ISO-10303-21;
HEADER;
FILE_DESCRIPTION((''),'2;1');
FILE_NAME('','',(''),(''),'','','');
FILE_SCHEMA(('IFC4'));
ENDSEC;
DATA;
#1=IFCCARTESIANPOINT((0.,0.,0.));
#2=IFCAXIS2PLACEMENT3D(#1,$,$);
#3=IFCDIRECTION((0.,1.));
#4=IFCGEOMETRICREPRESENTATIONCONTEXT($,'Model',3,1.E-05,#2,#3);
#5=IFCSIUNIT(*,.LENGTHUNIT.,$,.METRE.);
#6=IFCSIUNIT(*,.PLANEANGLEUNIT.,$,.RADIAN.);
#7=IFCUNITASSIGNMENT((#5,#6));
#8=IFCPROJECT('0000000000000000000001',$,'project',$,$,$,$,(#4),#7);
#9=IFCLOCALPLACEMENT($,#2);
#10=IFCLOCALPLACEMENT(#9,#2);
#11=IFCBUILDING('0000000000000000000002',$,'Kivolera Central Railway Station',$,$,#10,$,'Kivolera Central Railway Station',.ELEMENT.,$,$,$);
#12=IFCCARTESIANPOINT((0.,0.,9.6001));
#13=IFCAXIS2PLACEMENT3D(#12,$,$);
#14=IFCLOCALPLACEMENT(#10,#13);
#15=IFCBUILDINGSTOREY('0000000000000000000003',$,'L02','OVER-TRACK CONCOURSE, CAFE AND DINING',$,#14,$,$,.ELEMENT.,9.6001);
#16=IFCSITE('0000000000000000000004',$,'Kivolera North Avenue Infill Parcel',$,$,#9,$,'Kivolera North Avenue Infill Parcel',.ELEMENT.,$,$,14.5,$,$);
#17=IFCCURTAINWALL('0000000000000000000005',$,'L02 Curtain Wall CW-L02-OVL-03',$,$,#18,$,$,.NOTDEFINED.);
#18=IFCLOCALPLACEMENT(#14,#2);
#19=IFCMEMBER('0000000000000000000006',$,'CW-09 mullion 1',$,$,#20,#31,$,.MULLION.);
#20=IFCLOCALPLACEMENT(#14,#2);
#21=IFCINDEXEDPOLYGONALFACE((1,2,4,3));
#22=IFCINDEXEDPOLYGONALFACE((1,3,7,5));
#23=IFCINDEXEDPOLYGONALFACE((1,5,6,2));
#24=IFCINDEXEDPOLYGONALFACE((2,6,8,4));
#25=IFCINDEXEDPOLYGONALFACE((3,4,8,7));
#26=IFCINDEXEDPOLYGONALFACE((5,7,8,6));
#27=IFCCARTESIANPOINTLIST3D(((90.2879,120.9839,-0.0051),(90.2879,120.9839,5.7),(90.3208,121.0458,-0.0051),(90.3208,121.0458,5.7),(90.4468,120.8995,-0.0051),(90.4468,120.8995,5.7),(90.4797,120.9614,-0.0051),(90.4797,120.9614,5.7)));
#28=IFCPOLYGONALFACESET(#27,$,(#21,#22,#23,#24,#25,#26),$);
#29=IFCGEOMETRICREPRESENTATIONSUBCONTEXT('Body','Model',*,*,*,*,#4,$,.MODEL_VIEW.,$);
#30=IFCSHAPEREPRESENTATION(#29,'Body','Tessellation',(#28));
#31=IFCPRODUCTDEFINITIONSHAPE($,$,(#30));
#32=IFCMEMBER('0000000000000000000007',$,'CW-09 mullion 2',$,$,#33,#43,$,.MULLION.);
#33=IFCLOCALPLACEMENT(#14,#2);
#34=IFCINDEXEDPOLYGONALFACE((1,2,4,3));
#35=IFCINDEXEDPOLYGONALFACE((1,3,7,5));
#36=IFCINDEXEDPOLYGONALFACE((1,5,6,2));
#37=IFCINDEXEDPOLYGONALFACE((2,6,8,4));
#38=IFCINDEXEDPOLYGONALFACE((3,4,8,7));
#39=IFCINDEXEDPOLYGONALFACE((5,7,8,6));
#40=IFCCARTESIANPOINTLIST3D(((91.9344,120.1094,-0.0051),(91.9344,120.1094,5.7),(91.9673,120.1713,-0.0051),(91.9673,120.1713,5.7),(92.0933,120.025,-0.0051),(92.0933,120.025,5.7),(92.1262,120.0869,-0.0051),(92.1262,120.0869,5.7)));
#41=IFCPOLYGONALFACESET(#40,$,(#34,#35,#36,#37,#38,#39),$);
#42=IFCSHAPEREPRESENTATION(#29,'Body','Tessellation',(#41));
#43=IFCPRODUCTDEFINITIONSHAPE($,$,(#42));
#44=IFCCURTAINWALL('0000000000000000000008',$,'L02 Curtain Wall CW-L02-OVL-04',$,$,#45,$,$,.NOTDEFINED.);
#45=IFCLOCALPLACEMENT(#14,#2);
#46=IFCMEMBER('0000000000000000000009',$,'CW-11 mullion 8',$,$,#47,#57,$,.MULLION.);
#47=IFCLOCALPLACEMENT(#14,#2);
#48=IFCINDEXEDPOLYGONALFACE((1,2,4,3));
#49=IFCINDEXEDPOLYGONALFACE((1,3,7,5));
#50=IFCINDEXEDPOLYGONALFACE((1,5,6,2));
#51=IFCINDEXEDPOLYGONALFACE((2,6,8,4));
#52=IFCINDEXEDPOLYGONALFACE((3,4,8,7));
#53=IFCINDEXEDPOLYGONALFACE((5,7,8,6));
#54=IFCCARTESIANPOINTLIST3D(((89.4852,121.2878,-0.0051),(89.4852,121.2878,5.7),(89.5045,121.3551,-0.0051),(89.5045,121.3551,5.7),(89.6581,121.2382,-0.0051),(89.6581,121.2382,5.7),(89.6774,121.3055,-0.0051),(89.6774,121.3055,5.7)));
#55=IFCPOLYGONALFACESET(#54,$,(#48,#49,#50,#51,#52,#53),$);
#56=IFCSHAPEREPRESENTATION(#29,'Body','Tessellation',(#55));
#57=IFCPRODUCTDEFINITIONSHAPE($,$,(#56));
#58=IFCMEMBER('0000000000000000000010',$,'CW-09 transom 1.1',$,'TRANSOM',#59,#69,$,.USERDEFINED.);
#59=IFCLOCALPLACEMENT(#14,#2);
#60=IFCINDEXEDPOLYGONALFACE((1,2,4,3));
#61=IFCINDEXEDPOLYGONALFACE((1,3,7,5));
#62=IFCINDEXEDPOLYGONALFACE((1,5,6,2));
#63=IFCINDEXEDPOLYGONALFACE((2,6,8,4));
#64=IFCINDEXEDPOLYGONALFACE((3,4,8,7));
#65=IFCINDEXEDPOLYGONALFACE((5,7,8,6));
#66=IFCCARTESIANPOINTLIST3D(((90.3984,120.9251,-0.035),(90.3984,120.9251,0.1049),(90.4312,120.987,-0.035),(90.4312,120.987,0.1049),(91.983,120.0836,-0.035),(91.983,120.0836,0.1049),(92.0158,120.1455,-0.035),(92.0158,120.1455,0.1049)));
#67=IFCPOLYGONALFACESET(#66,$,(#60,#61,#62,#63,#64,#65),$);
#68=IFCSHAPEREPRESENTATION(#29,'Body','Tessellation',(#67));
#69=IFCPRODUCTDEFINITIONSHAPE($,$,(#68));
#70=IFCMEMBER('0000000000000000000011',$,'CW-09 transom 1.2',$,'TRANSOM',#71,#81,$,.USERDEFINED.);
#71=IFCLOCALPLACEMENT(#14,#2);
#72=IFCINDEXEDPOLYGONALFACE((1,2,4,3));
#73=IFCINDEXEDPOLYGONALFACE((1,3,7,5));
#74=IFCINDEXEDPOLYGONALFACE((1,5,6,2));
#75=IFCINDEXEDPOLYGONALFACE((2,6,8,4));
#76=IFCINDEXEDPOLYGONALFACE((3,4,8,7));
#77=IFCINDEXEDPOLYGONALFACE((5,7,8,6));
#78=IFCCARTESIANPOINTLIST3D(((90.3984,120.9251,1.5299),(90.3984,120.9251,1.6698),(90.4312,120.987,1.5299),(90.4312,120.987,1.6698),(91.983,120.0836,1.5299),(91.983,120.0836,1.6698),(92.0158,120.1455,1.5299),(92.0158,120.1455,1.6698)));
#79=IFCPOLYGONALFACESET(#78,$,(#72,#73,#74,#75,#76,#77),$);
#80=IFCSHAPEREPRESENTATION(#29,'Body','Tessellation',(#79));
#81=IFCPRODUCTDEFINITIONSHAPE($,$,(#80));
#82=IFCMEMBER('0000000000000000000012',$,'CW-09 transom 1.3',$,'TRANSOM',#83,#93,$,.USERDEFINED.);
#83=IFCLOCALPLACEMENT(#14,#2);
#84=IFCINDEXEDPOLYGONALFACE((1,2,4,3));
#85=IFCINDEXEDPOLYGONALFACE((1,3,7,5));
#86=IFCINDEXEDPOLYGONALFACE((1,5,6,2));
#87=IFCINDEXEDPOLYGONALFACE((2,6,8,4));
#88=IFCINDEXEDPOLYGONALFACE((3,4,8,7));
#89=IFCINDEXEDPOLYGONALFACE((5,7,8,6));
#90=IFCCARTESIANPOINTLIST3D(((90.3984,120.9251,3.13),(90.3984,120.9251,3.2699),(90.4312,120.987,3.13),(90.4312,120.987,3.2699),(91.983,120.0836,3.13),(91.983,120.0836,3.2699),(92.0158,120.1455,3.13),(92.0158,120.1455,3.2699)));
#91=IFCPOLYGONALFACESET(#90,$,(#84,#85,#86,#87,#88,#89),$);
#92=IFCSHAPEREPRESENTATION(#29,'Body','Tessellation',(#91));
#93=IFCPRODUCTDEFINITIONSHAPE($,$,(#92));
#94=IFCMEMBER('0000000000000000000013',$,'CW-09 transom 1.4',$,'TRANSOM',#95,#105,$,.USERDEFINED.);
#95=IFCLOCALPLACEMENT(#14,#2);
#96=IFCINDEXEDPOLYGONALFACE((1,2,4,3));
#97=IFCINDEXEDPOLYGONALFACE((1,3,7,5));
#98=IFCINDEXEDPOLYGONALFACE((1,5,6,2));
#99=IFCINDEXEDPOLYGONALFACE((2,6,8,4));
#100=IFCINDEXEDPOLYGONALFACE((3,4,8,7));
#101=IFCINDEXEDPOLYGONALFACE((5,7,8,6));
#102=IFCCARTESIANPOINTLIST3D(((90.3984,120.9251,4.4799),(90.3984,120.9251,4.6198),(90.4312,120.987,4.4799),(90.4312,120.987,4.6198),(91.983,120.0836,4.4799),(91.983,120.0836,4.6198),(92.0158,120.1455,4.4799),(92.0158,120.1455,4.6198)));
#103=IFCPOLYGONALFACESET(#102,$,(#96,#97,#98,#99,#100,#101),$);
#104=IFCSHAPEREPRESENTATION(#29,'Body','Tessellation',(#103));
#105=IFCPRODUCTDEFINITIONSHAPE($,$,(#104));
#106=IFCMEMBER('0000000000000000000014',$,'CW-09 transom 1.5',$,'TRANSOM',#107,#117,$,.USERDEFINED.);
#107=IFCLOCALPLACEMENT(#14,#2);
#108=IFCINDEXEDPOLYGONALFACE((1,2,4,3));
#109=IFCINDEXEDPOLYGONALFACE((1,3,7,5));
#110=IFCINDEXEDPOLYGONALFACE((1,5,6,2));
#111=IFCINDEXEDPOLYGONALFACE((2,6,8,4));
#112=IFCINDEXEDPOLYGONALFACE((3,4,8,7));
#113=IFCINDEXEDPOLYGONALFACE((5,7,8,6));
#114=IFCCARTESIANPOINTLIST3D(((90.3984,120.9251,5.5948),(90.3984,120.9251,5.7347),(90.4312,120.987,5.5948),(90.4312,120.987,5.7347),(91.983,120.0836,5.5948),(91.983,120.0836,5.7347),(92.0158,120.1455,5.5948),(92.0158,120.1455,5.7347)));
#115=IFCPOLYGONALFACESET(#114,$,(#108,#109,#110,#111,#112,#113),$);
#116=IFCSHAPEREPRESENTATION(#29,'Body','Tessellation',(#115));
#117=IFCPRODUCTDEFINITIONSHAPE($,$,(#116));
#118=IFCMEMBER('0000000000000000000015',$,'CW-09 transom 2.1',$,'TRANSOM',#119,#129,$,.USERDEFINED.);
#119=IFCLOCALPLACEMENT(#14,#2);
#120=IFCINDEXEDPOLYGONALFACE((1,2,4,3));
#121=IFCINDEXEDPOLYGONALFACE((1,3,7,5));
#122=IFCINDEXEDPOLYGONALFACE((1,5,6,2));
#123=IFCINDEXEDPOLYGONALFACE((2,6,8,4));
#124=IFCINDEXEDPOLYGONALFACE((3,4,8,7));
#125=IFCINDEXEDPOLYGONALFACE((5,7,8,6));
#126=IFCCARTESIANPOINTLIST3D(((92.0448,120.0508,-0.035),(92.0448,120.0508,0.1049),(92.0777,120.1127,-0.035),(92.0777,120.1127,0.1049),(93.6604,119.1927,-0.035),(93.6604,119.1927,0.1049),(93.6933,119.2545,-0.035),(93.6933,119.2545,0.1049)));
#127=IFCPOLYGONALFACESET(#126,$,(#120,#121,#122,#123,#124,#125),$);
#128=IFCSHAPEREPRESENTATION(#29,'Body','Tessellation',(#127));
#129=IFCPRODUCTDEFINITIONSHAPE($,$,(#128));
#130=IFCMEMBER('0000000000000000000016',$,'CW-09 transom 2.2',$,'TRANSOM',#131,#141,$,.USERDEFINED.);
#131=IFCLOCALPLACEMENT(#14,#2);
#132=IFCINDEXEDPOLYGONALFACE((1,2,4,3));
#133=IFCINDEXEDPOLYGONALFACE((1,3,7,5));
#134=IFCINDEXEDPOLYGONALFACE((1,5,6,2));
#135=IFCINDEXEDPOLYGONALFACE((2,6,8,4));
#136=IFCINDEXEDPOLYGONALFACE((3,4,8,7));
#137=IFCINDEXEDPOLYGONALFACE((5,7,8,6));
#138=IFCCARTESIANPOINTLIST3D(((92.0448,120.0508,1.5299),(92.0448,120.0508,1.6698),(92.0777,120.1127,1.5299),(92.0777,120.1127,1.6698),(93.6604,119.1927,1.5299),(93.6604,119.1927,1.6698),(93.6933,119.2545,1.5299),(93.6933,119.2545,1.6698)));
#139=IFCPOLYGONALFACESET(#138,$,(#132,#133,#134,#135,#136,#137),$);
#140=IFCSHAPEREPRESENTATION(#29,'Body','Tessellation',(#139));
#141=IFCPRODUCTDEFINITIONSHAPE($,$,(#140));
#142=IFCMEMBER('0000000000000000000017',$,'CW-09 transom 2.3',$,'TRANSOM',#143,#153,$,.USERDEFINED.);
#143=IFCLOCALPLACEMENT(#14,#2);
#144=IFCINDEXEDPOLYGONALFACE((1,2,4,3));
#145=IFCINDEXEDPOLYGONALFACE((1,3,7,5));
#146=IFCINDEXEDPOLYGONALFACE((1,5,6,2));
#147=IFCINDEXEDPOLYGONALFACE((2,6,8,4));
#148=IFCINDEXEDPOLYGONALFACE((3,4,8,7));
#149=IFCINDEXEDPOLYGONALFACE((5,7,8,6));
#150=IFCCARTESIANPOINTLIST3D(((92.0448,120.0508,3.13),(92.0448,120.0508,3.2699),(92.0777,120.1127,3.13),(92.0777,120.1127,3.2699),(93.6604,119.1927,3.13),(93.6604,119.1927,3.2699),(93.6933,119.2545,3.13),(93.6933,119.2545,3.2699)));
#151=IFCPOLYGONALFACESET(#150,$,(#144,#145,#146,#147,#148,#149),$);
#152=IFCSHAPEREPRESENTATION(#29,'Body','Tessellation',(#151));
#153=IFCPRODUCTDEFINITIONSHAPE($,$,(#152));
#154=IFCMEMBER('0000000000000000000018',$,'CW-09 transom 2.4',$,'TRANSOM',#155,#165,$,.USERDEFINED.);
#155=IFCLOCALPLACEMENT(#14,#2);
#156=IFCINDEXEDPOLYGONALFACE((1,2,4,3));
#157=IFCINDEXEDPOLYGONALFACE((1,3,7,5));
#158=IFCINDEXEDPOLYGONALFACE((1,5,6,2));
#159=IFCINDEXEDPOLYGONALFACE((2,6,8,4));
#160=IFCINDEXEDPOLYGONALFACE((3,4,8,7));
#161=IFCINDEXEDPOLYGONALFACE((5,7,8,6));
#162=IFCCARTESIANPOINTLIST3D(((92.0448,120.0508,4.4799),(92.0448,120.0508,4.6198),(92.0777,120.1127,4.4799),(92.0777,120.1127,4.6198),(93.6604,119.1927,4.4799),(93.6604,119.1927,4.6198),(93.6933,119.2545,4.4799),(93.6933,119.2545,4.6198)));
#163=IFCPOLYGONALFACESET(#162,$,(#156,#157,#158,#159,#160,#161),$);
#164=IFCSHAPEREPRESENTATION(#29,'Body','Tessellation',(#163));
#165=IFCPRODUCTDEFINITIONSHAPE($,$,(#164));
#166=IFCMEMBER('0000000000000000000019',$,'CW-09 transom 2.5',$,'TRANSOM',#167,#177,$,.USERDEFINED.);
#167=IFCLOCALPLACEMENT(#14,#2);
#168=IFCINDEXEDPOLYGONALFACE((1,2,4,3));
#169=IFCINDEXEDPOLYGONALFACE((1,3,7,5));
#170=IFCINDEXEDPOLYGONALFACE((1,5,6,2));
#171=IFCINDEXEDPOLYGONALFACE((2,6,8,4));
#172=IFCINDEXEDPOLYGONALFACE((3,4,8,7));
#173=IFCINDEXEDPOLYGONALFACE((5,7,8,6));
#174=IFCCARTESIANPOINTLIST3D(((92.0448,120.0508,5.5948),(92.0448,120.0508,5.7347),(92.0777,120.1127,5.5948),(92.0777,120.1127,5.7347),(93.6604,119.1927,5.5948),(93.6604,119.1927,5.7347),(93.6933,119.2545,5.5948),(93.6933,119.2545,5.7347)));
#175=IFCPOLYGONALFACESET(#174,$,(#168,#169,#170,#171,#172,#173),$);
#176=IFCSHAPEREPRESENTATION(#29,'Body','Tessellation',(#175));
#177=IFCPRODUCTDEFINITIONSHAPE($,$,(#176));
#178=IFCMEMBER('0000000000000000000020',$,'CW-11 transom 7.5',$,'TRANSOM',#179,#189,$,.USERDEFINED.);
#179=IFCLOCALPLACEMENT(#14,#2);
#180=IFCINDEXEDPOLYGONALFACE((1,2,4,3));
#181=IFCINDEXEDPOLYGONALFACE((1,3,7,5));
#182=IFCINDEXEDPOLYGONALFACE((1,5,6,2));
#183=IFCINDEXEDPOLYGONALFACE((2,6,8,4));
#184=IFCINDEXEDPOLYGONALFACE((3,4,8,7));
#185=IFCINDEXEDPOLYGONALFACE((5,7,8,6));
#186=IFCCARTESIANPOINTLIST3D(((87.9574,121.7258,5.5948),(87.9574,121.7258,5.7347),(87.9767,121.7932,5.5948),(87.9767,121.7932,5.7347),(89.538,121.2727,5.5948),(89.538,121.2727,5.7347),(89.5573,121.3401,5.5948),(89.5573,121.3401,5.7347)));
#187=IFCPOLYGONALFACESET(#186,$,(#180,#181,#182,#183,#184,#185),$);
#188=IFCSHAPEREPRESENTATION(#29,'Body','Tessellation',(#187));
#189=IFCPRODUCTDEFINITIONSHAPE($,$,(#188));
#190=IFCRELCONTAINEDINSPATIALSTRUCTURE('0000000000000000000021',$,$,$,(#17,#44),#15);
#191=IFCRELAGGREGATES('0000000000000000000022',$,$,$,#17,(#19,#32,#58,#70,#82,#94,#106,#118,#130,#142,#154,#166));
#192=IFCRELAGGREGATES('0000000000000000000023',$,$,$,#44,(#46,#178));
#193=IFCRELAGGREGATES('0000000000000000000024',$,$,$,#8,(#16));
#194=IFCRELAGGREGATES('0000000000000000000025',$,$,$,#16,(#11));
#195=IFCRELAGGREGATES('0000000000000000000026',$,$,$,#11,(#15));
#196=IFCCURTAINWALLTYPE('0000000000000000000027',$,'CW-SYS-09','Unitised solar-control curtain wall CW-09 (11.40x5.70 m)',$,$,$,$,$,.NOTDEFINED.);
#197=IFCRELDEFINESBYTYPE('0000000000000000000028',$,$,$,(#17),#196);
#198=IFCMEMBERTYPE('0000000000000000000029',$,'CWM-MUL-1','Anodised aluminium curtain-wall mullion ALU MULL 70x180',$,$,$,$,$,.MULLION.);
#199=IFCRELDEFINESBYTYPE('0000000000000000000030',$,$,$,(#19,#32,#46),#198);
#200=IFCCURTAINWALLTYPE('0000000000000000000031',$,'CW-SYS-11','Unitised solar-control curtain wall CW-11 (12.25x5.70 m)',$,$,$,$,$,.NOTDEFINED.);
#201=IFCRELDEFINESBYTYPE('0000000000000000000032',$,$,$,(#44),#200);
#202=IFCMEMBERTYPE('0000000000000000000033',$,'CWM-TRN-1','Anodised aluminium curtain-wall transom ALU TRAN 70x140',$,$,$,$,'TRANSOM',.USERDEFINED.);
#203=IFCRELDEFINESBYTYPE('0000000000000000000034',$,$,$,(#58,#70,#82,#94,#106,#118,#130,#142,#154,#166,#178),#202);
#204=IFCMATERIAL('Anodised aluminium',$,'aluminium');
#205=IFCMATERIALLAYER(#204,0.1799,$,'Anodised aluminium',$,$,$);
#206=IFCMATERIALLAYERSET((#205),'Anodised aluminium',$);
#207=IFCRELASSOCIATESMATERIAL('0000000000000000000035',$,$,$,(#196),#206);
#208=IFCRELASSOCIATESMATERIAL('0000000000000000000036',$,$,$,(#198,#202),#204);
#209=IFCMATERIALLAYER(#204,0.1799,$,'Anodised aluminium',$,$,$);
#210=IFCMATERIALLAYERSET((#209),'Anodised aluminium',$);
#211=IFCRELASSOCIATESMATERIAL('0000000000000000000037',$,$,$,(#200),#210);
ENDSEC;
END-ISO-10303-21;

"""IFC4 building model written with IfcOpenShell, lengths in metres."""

from ifc_helpers import new_model, si_unit, direction, frame, origin, origin_2d, place, context, subcontext, project, spatial, rectangle, extrude, material, layer, layer_set, material_profile, profile_set, type_object, element, aggregate, save


model = new_model("IFC4")

# Units and contexts
model_context = context("Model", 3, precision=1e-05, world=origin(), true_north=direction((0.0, 1.0)))
body_context = subcontext(model_context, "Body", "Model", "MODEL_VIEW")
ifc_project = project(units=[si_unit("LENGTHUNIT", "METRE"), si_unit("PLANEANGLEUNIT", "RADIAN")], contexts=[model_context])

# Site, building, storey
site_placement = place(None, origin())
site = spatial("IfcSite", under=ifc_project, at=site_placement, Name="Kivolera North Avenue Infill Parcel", LongName="Kivolera North Avenue Infill Parcel", CompositionType="ELEMENT", RefElevation=14.5)
building_placement = place(site_placement, origin())
building = spatial("IfcBuilding", under=site, at=building_placement, Name="Kivolera Central Railway Station", LongName="Kivolera Central Railway Station", CompositionType="ELEMENT")
storey_placement = place(building_placement, frame((0.0, 0.0, 9.6001)))
storey = spatial("IfcBuildingStorey", under=building, at=storey_placement, Name="L02", Description="OVER-TRACK CONCOURSE, CAFE AND DINING", CompositionType="ELEMENT", Elevation=9.6001)

# Curtain wall, members
ifc_material_1 = material(Name="Anodised aluminium", Category="aluminium")
ifc_layer_1 = layer(ifc_material_1, 0.1799, Name="Anodised aluminium")
ifc_layer_set_1 = layer_set([ifc_layer_1], Name="Anodised aluminium")
curtain_wall_type_1 = type_object("IfcCurtainWallType", Name="CW-SYS-09", Description="Unitised solar-control curtain wall CW-09 (11.40x5.70 m)", PredefinedType="NOTDEFINED", material=ifc_layer_set_1)
curtain_wall_1_placement = place(storey_placement, origin())
curtain_wall_1 = element("IfcCurtainWall", 1, at=curtain_wall_1_placement, inside=storey, type_object=curtain_wall_type_1, Name="L02 Curtain Wall CW-L02-OVL-03", PredefinedType="NOTDEFINED")
ifc_material_profile_1 = material_profile(ifc_material_1, rectangle(XDim=0.0701, YDim=0.1799, at=origin_2d()), Name="ALU MULL 70x180")
ifc_profile_set_1 = profile_set([ifc_material_profile_1], Name="Anodised aluminium")
member_type_1 = type_object("IfcMemberType", Name="CWM-MUL-1", Description="Anodised aluminium curtain-wall mullion ALU MULL 70x180", PredefinedType="MULLION", material=ifc_profile_set_1)
member_1_placement = place(storey_placement, frame((90.3838, 120.9727, -0.0051), z_axis=(0.0, 0.0, 1.0), x_axis=(0.469053, 0.88317, 0.0)))
member_1 = element("IfcMember", 2, at=member_1_placement, type_object=member_type_1, Name="CW-09 mullion 1", PredefinedType="MULLION", context=body_context, shape_type="SweptSolid", body=[
    extrude(rectangle(XDim=0.0701, YDim=0.1799, at=origin_2d()), origin(), (0.0, 0.0, 1.0), 5.7051),
])
member_2_placement = place(storey_placement, frame((92.0303, 120.0981, -0.0051), z_axis=(0.0, 0.0, 1.0), x_axis=(0.469053, 0.88317, 0.0)))
member_2 = element("IfcMember", 3, at=member_2_placement, type_object=member_type_1, Name="CW-09 mullion 2", PredefinedType="MULLION", context=body_context, shape_type="SweptSolid", body=[
    extrude(rectangle(XDim=0.0701, YDim=0.1799, at=origin_2d()), origin(), (0.0, 0.0, 1.0), 5.7051),
])

# Curtain wall, member
ifc_layer_2 = layer(ifc_material_1, 0.1799, Name="Anodised aluminium")
ifc_layer_set_2 = layer_set([ifc_layer_2], Name="Anodised aluminium")
curtain_wall_type_2 = type_object("IfcCurtainWallType", Name="CW-SYS-11", Description="Unitised solar-control curtain wall CW-11 (12.25x5.70 m)", PredefinedType="NOTDEFINED", material=ifc_layer_set_2)
curtain_wall_2_placement = place(storey_placement, origin())
curtain_wall_2 = element("IfcCurtainWall", 4, at=curtain_wall_2_placement, inside=storey, type_object=curtain_wall_type_2, Name="L02 Curtain Wall CW-L02-OVL-04", PredefinedType="NOTDEFINED")
member_3_placement = place(storey_placement, frame((89.5813, 121.2966, -0.0051), z_axis=(0.0, 0.0, 1.0), x_axis=(0.275692, 0.961246, 0.0)))
member_3 = element("IfcMember", 5, at=member_3_placement, type_object=member_type_1, Name="CW-11 mullion 8", PredefinedType="MULLION", context=body_context, shape_type="SweptSolid", body=[
    extrude(rectangle(XDim=0.0701, YDim=0.1799, at=origin_2d()), origin(), (0.0, 0.0, 1.0), 5.7051),
])

# Members
ifc_material_profile_2 = material_profile(ifc_material_1, rectangle(XDim=0.0701, YDim=0.1399, at=origin_2d()), Name="ALU TRAN 70x140")
ifc_profile_set_2 = profile_set([ifc_material_profile_2], Name="Anodised aluminium")
member_type_2 = type_object("IfcMemberType", Name="CWM-TRN-1", Description="Anodised aluminium curtain-wall transom ALU TRAN 70x140", ElementType="TRANSOM", PredefinedType="USERDEFINED", material=ifc_profile_set_2)
member_4_placement = place(storey_placement, frame((90.4148, 120.9561, 0.0349), z_axis=(0.883191, -0.469013, 0.0), x_axis=(0.469013, 0.883191, 0.0)))
member_4 = element("IfcMember", 6, at=member_4_placement, type_object=member_type_2, Name="CW-09 transom 1.1", ObjectType="TRANSOM", PredefinedType="USERDEFINED", context=body_context, shape_type="SweptSolid", body=[
    extrude(rectangle(XDim=0.0701, YDim=0.1399, at=origin_2d()), origin(), (0.0, 0.0, 1.0), 1.7942),
])
member_5_placement = place(storey_placement, frame((90.4148, 120.9561, 1.5999), z_axis=(0.883191, -0.469013, 0.0), x_axis=(0.469013, 0.883191, 0.0)))
member_5 = element("IfcMember", 7, at=member_5_placement, type_object=member_type_2, Name="CW-09 transom 1.2", ObjectType="TRANSOM", PredefinedType="USERDEFINED", context=body_context, shape_type="SweptSolid", body=[
    extrude(rectangle(XDim=0.0701, YDim=0.1399, at=origin_2d()), origin(), (0.0, 0.0, 1.0), 1.7942),
])
member_6_placement = place(storey_placement, frame((90.4148, 120.9561, 3.2), z_axis=(0.883191, -0.469013, 0.0), x_axis=(0.469013, 0.883191, 0.0)))
member_6 = element("IfcMember", 8, at=member_6_placement, type_object=member_type_2, Name="CW-09 transom 1.3", ObjectType="TRANSOM", PredefinedType="USERDEFINED", context=body_context, shape_type="SweptSolid", body=[
    extrude(rectangle(XDim=0.0701, YDim=0.1399, at=origin_2d()), origin(), (0.0, 0.0, 1.0), 1.7942),
])
member_7_placement = place(storey_placement, frame((90.4148, 120.9561, 4.5498), z_axis=(0.883191, -0.469013, 0.0), x_axis=(0.469013, 0.883191, 0.0)))
member_7 = element("IfcMember", 9, at=member_7_placement, type_object=member_type_2, Name="CW-09 transom 1.4", ObjectType="TRANSOM", PredefinedType="USERDEFINED", context=body_context, shape_type="SweptSolid", body=[
    extrude(rectangle(XDim=0.0701, YDim=0.1399, at=origin_2d()), origin(), (0.0, 0.0, 1.0), 1.7942),
])
member_8_placement = place(storey_placement, frame((90.4148, 120.9561, 5.6648), z_axis=(0.883191, -0.469013, 0.0), x_axis=(0.469013, 0.883191, 0.0)))
member_8 = element("IfcMember", 10, at=member_8_placement, type_object=member_type_2, Name="CW-09 transom 1.5", ObjectType="TRANSOM", PredefinedType="USERDEFINED", context=body_context, shape_type="SweptSolid", body=[
    extrude(rectangle(XDim=0.0701, YDim=0.1399, at=origin_2d()), origin(), (0.0, 0.0, 1.0), 1.7942),
])
member_9_placement = place(storey_placement, frame((92.0613, 120.0818, 0.0349), z_axis=(0.883131, -0.469126, 0.0), x_axis=(0.469126, 0.883131, 0.0)))
member_9 = element("IfcMember", 11, at=member_9_placement, type_object=member_type_2, Name="CW-09 transom 2.1", ObjectType="TRANSOM", PredefinedType="USERDEFINED", context=body_context, shape_type="SweptSolid", body=[
    extrude(rectangle(XDim=0.0701, YDim=0.1399, at=origin_2d()), origin(), (0.0, 0.0, 1.0), 1.8293),
])
member_10_placement = place(storey_placement, frame((92.0613, 120.0818, 1.5999), z_axis=(0.883131, -0.469126, 0.0), x_axis=(0.469126, 0.883131, 0.0)))
member_10 = element("IfcMember", 12, at=member_10_placement, type_object=member_type_2, Name="CW-09 transom 2.2", ObjectType="TRANSOM", PredefinedType="USERDEFINED", context=body_context, shape_type="SweptSolid", body=[
    extrude(rectangle(XDim=0.0701, YDim=0.1399, at=origin_2d()), origin(), (0.0, 0.0, 1.0), 1.8293),
])
member_11_placement = place(storey_placement, frame((92.0613, 120.0818, 3.2), z_axis=(0.883131, -0.469126, 0.0), x_axis=(0.469126, 0.883131, 0.0)))
member_11 = element("IfcMember", 13, at=member_11_placement, type_object=member_type_2, Name="CW-09 transom 2.3", ObjectType="TRANSOM", PredefinedType="USERDEFINED", context=body_context, shape_type="SweptSolid", body=[
    extrude(rectangle(XDim=0.0701, YDim=0.1399, at=origin_2d()), origin(), (0.0, 0.0, 1.0), 1.8293),
])
member_12_placement = place(storey_placement, frame((92.0613, 120.0818, 4.5498), z_axis=(0.883131, -0.469126, 0.0), x_axis=(0.469126, 0.883131, 0.0)))
member_12 = element("IfcMember", 14, at=member_12_placement, type_object=member_type_2, Name="CW-09 transom 2.4", ObjectType="TRANSOM", PredefinedType="USERDEFINED", context=body_context, shape_type="SweptSolid", body=[
    extrude(rectangle(XDim=0.0701, YDim=0.1399, at=origin_2d()), origin(), (0.0, 0.0, 1.0), 1.8293),
])
member_13_placement = place(storey_placement, frame((92.0613, 120.0818, 5.6648), z_axis=(0.883131, -0.469126, 0.0), x_axis=(0.469126, 0.883131, 0.0)))
member_13 = element("IfcMember", 15, at=member_13_placement, type_object=member_type_2, Name="CW-09 transom 2.5", ObjectType="TRANSOM", PredefinedType="USERDEFINED", context=body_context, shape_type="SweptSolid", body=[
    extrude(rectangle(XDim=0.0701, YDim=0.1399, at=origin_2d()), origin(), (0.0, 0.0, 1.0), 1.8293),
])
member_14_placement = place(storey_placement, frame((87.967, 121.7595, 5.6648), z_axis=(0.961277, -0.275584, 0.0), x_axis=(0.275584, 0.961277, 0.0)))
member_14 = element("IfcMember", 16, at=member_14_placement, type_object=member_type_2, Name="CW-11 transom 7.5", ObjectType="TRANSOM", PredefinedType="USERDEFINED", context=body_context, shape_type="SweptSolid", body=[
    extrude(rectangle(XDim=0.0701, YDim=0.1399, at=origin_2d()), origin(), (0.0, 0.0, 1.0), 1.6443),
])

aggregate(curtain_wall_1, [member_1, member_2, member_4, member_5, member_6, member_7, member_8, member_9, member_10, member_11, member_12, member_13])
aggregate(curtain_wall_2, [member_3, member_14])

save(model, "model.ifc")
